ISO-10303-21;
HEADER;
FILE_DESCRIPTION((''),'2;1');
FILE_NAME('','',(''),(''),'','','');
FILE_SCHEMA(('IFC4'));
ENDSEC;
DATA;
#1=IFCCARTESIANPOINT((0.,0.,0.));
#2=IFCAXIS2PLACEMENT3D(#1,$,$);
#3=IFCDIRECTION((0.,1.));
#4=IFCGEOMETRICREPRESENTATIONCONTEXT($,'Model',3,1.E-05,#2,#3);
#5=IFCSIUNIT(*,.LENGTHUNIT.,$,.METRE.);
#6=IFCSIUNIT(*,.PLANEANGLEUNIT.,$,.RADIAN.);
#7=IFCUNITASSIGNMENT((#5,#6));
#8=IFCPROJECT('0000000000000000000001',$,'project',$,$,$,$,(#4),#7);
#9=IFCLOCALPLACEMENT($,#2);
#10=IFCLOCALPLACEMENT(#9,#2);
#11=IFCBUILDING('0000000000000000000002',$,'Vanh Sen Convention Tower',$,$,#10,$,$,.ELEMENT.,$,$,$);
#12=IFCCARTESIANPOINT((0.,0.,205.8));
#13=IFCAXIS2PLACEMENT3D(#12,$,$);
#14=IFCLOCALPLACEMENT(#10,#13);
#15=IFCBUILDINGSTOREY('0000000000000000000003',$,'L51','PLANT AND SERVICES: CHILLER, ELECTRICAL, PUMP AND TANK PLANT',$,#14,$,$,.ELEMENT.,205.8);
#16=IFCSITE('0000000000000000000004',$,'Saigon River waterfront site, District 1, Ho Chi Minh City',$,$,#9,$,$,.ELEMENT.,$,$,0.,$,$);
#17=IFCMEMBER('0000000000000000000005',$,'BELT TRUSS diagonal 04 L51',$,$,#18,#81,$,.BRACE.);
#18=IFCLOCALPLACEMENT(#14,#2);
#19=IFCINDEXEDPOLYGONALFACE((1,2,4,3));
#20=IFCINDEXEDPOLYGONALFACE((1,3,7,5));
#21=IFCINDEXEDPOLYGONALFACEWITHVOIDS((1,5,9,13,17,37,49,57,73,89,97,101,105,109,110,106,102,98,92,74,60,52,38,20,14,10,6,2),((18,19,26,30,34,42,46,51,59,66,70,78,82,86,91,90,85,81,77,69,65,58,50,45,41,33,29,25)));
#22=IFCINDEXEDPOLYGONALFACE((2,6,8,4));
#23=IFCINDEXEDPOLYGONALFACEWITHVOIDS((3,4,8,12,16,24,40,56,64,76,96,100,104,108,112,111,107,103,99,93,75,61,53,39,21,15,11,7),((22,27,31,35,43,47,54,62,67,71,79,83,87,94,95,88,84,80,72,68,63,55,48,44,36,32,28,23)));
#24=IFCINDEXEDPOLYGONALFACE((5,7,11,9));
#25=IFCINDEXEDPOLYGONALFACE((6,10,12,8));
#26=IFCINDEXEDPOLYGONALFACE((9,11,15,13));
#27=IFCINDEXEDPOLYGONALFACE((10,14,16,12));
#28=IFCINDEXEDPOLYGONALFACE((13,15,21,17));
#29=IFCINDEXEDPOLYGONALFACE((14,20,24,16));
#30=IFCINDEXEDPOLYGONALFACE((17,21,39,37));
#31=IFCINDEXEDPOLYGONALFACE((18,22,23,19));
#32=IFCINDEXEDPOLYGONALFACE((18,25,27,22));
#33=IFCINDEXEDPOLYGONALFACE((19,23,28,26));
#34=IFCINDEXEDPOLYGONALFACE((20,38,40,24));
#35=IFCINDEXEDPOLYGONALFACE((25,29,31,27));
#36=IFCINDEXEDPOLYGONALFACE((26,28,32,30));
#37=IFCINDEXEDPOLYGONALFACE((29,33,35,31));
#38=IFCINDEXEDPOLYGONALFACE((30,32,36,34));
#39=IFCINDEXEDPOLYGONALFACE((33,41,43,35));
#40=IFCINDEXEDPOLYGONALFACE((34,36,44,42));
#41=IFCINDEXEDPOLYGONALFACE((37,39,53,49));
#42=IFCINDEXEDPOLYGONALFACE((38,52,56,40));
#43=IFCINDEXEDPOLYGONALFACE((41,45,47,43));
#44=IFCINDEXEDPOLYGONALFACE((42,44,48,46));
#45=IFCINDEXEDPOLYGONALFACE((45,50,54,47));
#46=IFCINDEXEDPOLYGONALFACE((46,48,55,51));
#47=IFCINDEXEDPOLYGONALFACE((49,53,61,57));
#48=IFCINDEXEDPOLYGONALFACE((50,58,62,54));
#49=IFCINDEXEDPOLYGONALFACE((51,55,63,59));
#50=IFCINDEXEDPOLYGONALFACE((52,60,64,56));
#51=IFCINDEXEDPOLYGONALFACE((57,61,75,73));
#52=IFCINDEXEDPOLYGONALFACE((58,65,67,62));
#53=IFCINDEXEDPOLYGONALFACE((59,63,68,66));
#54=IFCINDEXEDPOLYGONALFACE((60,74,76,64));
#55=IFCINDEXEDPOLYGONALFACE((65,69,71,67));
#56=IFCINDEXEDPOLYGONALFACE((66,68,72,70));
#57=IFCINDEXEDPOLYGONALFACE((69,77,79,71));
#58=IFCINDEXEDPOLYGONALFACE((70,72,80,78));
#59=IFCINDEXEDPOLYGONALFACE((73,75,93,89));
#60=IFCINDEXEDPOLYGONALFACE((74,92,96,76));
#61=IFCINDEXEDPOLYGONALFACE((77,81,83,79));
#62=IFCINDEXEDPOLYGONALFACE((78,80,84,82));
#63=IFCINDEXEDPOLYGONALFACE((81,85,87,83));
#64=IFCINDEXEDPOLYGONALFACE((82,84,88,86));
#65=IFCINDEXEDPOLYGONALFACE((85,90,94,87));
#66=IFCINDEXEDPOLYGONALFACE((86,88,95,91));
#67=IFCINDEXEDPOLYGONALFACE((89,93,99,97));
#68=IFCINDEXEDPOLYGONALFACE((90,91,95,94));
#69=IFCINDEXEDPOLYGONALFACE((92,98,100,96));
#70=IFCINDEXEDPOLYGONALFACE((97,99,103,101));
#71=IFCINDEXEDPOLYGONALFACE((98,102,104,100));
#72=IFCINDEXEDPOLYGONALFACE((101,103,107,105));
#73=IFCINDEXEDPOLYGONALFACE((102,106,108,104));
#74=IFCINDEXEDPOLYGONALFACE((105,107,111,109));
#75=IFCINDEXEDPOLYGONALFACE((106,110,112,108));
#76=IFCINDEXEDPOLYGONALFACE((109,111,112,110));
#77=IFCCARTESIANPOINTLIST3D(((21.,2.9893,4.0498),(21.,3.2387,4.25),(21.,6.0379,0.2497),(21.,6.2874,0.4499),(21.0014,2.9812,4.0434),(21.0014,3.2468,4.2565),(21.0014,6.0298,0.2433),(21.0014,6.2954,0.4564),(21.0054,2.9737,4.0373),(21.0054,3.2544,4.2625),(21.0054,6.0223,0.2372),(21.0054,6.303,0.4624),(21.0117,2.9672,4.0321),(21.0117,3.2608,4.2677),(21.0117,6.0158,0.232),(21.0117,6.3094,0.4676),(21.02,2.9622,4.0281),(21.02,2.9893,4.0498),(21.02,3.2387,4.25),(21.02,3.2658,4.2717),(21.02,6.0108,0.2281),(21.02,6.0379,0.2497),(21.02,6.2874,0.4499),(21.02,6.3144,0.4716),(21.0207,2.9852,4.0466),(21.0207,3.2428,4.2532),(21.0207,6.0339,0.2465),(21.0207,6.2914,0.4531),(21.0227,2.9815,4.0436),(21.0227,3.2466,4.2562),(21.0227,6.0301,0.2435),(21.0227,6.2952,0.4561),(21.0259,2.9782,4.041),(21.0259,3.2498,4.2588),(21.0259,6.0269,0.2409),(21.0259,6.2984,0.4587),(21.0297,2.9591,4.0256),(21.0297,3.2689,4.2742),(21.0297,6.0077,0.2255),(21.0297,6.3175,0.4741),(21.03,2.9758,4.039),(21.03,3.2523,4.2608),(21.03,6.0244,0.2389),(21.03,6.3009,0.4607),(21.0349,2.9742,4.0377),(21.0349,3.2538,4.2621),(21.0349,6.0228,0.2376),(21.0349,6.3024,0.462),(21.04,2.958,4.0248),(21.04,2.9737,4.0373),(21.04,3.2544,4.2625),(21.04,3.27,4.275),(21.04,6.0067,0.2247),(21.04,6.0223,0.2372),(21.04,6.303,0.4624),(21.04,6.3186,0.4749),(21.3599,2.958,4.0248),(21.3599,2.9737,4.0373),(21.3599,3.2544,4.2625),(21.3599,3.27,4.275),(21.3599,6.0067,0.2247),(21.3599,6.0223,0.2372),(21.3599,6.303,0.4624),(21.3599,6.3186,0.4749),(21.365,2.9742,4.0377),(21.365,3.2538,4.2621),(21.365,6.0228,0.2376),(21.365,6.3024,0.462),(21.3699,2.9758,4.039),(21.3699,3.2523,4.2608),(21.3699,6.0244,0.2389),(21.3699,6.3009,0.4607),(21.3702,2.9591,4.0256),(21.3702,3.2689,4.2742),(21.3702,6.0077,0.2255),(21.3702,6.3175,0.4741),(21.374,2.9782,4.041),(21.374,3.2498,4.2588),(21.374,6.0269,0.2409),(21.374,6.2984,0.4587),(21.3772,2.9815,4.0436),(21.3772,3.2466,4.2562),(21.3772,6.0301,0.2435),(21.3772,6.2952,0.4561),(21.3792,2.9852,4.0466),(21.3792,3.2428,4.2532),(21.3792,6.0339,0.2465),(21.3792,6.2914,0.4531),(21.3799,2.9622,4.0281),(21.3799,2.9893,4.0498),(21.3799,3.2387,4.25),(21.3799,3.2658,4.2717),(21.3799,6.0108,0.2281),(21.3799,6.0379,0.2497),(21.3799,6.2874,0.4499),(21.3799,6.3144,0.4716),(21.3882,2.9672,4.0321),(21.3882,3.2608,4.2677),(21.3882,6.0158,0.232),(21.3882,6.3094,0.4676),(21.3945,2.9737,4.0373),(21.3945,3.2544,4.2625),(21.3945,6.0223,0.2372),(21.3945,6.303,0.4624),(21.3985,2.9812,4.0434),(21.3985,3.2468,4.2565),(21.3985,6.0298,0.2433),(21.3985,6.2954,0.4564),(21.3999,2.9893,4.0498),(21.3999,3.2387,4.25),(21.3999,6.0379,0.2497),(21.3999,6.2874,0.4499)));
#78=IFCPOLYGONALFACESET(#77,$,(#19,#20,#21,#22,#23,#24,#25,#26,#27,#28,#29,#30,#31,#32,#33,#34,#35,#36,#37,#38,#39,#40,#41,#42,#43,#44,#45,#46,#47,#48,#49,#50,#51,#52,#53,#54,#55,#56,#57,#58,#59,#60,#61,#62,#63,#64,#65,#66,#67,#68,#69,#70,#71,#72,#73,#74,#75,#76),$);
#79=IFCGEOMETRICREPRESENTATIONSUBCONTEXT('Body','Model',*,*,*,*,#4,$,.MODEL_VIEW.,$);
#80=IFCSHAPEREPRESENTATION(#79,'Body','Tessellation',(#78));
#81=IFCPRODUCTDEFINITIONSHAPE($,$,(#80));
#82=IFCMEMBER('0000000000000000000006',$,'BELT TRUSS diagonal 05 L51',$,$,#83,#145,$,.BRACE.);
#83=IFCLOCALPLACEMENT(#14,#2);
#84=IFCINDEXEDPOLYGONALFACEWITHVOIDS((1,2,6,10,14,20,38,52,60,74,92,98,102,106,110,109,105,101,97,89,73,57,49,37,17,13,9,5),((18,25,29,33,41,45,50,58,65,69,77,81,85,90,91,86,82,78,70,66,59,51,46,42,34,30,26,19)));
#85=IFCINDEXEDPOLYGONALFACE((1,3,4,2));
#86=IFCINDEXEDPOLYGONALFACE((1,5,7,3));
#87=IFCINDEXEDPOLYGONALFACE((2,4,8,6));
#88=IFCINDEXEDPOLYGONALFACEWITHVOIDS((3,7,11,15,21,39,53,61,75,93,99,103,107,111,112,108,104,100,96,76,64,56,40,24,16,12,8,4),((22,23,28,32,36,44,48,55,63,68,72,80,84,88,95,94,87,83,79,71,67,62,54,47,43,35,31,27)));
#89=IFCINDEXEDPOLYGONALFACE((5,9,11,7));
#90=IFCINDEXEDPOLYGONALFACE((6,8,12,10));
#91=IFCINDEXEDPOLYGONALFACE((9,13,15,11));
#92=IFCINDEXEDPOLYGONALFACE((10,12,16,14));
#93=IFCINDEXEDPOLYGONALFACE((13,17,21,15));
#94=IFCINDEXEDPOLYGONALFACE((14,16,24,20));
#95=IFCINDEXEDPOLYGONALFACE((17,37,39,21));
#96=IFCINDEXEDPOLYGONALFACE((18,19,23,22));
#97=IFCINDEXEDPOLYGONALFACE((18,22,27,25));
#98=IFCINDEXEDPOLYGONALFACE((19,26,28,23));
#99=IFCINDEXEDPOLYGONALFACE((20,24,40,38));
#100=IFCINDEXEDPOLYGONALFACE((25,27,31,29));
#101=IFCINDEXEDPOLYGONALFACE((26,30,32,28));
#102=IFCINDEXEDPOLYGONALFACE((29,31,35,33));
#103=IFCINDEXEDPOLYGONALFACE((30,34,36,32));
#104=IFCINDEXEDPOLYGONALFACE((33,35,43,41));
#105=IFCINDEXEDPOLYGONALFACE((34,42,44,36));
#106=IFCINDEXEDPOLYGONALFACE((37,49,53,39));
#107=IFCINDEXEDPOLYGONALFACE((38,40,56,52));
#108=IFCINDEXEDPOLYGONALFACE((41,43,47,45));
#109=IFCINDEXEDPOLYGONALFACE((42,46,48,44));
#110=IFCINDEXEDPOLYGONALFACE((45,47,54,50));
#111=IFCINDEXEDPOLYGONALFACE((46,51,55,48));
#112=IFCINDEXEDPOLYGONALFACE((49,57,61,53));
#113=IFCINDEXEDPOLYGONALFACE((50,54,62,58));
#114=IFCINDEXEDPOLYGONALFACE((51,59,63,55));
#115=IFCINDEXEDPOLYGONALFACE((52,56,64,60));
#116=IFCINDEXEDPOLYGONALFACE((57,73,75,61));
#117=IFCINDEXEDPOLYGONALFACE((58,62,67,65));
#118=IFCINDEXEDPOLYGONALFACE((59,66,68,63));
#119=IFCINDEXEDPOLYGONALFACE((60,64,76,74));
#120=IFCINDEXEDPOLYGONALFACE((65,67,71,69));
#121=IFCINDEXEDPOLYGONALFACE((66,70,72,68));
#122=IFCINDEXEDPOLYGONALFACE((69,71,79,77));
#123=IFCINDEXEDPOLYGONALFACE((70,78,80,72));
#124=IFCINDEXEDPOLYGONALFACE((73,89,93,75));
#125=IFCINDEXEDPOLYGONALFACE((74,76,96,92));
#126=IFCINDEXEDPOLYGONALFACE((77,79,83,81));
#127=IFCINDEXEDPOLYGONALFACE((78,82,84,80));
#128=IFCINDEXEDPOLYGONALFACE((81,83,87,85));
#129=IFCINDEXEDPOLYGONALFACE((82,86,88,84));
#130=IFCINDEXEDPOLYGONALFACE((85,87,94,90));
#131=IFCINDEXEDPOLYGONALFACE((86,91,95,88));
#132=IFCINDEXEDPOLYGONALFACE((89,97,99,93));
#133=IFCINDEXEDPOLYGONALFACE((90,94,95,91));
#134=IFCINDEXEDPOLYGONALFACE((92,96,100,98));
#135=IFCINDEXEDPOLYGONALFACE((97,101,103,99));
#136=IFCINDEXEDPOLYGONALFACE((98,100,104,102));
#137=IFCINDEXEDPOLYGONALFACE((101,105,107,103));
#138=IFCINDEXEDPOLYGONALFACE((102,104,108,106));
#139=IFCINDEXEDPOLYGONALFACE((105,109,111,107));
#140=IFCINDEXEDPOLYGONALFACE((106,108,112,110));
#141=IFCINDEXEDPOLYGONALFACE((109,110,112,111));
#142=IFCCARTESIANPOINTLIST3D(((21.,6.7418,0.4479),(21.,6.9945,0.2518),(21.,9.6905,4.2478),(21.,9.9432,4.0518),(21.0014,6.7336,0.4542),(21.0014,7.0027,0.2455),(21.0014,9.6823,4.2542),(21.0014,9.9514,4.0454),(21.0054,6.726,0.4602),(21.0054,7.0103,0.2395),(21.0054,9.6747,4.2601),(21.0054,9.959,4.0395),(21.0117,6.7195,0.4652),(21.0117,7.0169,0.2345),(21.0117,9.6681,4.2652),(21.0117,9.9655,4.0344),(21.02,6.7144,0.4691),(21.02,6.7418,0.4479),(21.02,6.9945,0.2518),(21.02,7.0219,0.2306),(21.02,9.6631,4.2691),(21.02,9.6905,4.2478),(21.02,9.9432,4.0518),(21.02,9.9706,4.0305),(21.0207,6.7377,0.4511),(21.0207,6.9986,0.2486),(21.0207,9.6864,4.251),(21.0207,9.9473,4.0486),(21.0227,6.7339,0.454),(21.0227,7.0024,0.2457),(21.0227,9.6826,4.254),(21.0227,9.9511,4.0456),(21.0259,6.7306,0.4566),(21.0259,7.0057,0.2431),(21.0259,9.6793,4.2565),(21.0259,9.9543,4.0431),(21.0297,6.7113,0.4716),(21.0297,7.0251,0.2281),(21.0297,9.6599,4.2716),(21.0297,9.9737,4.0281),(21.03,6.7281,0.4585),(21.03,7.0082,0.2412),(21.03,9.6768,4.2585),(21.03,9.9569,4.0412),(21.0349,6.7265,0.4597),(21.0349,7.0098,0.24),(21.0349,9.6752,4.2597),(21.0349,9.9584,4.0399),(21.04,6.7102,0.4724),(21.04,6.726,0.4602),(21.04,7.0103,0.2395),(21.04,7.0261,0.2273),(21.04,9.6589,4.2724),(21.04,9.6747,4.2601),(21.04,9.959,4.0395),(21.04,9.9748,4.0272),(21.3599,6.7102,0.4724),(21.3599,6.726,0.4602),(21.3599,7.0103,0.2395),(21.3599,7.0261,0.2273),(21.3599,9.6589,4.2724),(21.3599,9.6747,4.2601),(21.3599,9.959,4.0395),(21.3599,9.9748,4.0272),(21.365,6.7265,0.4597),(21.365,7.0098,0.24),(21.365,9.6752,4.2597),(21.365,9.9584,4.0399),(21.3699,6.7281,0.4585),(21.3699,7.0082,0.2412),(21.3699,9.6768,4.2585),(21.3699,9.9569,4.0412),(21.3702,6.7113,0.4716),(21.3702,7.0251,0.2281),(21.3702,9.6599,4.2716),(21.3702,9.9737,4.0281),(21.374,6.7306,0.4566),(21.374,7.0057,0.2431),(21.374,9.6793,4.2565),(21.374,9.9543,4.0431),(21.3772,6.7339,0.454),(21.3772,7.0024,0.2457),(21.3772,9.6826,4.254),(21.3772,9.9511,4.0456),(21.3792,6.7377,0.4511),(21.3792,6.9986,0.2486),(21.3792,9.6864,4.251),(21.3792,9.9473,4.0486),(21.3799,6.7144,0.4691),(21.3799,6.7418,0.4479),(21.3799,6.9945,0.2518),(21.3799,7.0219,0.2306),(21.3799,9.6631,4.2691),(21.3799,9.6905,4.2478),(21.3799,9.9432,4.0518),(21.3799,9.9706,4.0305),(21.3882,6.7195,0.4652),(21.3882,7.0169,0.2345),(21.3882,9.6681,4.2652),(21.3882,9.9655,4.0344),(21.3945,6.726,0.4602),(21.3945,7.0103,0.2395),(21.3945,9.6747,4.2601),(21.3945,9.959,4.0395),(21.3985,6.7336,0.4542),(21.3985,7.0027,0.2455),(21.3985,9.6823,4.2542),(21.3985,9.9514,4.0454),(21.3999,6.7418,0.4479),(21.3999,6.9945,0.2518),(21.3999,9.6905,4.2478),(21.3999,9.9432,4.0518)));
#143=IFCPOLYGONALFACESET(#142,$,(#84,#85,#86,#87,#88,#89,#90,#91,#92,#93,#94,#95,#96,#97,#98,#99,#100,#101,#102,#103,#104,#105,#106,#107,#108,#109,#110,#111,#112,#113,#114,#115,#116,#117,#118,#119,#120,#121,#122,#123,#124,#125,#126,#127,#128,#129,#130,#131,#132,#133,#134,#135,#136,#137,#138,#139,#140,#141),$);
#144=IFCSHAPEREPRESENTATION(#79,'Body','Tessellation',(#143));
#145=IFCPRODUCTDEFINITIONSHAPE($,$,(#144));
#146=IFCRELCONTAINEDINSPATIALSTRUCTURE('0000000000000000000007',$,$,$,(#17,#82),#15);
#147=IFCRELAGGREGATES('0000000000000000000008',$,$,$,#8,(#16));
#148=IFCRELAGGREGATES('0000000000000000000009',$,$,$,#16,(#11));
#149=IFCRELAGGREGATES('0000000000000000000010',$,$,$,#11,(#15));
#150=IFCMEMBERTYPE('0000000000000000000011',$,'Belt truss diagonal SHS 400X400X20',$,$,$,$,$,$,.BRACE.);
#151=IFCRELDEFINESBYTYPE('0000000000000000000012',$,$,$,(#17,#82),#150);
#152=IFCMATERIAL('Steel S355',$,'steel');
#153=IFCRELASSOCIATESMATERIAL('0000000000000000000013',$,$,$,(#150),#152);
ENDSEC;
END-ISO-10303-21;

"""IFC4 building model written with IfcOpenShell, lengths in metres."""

from ifc_helpers import new_model, si_unit, direction, frame, origin, origin_2d, place, context, subcontext, project, spatial, hollow_rectangle, extrude, material, material_profile, profile_set, type_object, element, save


model = new_model("IFC4")

# Units and contexts
model_context = context("Model", 3, precision=1e-05, world=origin(), true_north=direction((0.0, 1.0)))
body_context = subcontext(model_context, "Body", "Model", "MODEL_VIEW")
ifc_project = project(units=[si_unit("LENGTHUNIT", "METRE"), si_unit("PLANEANGLEUNIT", "RADIAN")], contexts=[model_context])

# Site, building, storey
site_placement = place(None, origin())
site = spatial("IfcSite", under=ifc_project, at=site_placement, Name="Saigon River waterfront site, District 1, Ho Chi Minh City", CompositionType="ELEMENT", RefElevation=0.0)
building_placement = place(site_placement, origin())
building = spatial("IfcBuilding", under=site, at=building_placement, Name="Vanh Sen Convention Tower", CompositionType="ELEMENT")
storey_placement = place(building_placement, frame((0.0, 0.0, 205.8)))
storey = spatial("IfcBuildingStorey", under=building, at=storey_placement, Name="L51", Description="PLANT AND SERVICES: CHILLER, ELECTRICAL, PUMP AND TANK PLANT", CompositionType="ELEMENT", Elevation=205.8)

# Members
ifc_material_1 = material(Name="Steel S355", Category="steel")
ifc_material_profile_1 = material_profile(ifc_material_1, hollow_rectangle(XDim=0.3999, YDim=0.3999, WallThickness=0.02, InnerFilletRadius=0.02, OuterFilletRadius=0.04, at=origin_2d()), Name="SHS 400X400X20")
ifc_profile_set_1 = profile_set([ifc_material_profile_1], Name="Steel S355")
member_type_1 = type_object("IfcMemberType", Name="Belt truss diagonal SHS 400X400X20", PredefinedType="BRACE", material=ifc_profile_set_1)
member_1_placement = place(storey_placement, frame((21.2, 3.114, 4.1499), z_axis=(0.0, 0.625764, -0.780012), x_axis=(-1.0, 0.0, 0.0)))
element("IfcMember", 1, at=member_1_placement, inside=storey, type_object=member_type_1, Name="BELT TRUSS diagonal 04 L51", PredefinedType="BRACE", context=body_context, shape_type="SweptSolid", body=[
    extrude(hollow_rectangle(XDim=0.3999, YDim=0.3999, WallThickness=0.02, InnerFilletRadius=0.02, OuterFilletRadius=0.04, at=origin_2d()), origin(), (0.0, 0.0, 1.0), 4.8718),
])
member_2_placement = place(storey_placement, frame((21.2, 6.8682, 0.3499), z_axis=(0.0, 0.613051, 0.790043), x_axis=(-1.0, 0.0, 0.0)))
element("IfcMember", 2, at=member_2_placement, inside=storey, type_object=member_type_1, Name="BELT TRUSS diagonal 05 L51", PredefinedType="BRACE", context=body_context, shape_type="SweptSolid", body=[
    extrude(hollow_rectangle(XDim=0.3999, YDim=0.3999, WallThickness=0.02, InnerFilletRadius=0.02, OuterFilletRadius=0.04, at=origin_2d()), origin(), (0.0, 0.0, 1.0), 4.8098),
])

save(model, "model.ifc")
